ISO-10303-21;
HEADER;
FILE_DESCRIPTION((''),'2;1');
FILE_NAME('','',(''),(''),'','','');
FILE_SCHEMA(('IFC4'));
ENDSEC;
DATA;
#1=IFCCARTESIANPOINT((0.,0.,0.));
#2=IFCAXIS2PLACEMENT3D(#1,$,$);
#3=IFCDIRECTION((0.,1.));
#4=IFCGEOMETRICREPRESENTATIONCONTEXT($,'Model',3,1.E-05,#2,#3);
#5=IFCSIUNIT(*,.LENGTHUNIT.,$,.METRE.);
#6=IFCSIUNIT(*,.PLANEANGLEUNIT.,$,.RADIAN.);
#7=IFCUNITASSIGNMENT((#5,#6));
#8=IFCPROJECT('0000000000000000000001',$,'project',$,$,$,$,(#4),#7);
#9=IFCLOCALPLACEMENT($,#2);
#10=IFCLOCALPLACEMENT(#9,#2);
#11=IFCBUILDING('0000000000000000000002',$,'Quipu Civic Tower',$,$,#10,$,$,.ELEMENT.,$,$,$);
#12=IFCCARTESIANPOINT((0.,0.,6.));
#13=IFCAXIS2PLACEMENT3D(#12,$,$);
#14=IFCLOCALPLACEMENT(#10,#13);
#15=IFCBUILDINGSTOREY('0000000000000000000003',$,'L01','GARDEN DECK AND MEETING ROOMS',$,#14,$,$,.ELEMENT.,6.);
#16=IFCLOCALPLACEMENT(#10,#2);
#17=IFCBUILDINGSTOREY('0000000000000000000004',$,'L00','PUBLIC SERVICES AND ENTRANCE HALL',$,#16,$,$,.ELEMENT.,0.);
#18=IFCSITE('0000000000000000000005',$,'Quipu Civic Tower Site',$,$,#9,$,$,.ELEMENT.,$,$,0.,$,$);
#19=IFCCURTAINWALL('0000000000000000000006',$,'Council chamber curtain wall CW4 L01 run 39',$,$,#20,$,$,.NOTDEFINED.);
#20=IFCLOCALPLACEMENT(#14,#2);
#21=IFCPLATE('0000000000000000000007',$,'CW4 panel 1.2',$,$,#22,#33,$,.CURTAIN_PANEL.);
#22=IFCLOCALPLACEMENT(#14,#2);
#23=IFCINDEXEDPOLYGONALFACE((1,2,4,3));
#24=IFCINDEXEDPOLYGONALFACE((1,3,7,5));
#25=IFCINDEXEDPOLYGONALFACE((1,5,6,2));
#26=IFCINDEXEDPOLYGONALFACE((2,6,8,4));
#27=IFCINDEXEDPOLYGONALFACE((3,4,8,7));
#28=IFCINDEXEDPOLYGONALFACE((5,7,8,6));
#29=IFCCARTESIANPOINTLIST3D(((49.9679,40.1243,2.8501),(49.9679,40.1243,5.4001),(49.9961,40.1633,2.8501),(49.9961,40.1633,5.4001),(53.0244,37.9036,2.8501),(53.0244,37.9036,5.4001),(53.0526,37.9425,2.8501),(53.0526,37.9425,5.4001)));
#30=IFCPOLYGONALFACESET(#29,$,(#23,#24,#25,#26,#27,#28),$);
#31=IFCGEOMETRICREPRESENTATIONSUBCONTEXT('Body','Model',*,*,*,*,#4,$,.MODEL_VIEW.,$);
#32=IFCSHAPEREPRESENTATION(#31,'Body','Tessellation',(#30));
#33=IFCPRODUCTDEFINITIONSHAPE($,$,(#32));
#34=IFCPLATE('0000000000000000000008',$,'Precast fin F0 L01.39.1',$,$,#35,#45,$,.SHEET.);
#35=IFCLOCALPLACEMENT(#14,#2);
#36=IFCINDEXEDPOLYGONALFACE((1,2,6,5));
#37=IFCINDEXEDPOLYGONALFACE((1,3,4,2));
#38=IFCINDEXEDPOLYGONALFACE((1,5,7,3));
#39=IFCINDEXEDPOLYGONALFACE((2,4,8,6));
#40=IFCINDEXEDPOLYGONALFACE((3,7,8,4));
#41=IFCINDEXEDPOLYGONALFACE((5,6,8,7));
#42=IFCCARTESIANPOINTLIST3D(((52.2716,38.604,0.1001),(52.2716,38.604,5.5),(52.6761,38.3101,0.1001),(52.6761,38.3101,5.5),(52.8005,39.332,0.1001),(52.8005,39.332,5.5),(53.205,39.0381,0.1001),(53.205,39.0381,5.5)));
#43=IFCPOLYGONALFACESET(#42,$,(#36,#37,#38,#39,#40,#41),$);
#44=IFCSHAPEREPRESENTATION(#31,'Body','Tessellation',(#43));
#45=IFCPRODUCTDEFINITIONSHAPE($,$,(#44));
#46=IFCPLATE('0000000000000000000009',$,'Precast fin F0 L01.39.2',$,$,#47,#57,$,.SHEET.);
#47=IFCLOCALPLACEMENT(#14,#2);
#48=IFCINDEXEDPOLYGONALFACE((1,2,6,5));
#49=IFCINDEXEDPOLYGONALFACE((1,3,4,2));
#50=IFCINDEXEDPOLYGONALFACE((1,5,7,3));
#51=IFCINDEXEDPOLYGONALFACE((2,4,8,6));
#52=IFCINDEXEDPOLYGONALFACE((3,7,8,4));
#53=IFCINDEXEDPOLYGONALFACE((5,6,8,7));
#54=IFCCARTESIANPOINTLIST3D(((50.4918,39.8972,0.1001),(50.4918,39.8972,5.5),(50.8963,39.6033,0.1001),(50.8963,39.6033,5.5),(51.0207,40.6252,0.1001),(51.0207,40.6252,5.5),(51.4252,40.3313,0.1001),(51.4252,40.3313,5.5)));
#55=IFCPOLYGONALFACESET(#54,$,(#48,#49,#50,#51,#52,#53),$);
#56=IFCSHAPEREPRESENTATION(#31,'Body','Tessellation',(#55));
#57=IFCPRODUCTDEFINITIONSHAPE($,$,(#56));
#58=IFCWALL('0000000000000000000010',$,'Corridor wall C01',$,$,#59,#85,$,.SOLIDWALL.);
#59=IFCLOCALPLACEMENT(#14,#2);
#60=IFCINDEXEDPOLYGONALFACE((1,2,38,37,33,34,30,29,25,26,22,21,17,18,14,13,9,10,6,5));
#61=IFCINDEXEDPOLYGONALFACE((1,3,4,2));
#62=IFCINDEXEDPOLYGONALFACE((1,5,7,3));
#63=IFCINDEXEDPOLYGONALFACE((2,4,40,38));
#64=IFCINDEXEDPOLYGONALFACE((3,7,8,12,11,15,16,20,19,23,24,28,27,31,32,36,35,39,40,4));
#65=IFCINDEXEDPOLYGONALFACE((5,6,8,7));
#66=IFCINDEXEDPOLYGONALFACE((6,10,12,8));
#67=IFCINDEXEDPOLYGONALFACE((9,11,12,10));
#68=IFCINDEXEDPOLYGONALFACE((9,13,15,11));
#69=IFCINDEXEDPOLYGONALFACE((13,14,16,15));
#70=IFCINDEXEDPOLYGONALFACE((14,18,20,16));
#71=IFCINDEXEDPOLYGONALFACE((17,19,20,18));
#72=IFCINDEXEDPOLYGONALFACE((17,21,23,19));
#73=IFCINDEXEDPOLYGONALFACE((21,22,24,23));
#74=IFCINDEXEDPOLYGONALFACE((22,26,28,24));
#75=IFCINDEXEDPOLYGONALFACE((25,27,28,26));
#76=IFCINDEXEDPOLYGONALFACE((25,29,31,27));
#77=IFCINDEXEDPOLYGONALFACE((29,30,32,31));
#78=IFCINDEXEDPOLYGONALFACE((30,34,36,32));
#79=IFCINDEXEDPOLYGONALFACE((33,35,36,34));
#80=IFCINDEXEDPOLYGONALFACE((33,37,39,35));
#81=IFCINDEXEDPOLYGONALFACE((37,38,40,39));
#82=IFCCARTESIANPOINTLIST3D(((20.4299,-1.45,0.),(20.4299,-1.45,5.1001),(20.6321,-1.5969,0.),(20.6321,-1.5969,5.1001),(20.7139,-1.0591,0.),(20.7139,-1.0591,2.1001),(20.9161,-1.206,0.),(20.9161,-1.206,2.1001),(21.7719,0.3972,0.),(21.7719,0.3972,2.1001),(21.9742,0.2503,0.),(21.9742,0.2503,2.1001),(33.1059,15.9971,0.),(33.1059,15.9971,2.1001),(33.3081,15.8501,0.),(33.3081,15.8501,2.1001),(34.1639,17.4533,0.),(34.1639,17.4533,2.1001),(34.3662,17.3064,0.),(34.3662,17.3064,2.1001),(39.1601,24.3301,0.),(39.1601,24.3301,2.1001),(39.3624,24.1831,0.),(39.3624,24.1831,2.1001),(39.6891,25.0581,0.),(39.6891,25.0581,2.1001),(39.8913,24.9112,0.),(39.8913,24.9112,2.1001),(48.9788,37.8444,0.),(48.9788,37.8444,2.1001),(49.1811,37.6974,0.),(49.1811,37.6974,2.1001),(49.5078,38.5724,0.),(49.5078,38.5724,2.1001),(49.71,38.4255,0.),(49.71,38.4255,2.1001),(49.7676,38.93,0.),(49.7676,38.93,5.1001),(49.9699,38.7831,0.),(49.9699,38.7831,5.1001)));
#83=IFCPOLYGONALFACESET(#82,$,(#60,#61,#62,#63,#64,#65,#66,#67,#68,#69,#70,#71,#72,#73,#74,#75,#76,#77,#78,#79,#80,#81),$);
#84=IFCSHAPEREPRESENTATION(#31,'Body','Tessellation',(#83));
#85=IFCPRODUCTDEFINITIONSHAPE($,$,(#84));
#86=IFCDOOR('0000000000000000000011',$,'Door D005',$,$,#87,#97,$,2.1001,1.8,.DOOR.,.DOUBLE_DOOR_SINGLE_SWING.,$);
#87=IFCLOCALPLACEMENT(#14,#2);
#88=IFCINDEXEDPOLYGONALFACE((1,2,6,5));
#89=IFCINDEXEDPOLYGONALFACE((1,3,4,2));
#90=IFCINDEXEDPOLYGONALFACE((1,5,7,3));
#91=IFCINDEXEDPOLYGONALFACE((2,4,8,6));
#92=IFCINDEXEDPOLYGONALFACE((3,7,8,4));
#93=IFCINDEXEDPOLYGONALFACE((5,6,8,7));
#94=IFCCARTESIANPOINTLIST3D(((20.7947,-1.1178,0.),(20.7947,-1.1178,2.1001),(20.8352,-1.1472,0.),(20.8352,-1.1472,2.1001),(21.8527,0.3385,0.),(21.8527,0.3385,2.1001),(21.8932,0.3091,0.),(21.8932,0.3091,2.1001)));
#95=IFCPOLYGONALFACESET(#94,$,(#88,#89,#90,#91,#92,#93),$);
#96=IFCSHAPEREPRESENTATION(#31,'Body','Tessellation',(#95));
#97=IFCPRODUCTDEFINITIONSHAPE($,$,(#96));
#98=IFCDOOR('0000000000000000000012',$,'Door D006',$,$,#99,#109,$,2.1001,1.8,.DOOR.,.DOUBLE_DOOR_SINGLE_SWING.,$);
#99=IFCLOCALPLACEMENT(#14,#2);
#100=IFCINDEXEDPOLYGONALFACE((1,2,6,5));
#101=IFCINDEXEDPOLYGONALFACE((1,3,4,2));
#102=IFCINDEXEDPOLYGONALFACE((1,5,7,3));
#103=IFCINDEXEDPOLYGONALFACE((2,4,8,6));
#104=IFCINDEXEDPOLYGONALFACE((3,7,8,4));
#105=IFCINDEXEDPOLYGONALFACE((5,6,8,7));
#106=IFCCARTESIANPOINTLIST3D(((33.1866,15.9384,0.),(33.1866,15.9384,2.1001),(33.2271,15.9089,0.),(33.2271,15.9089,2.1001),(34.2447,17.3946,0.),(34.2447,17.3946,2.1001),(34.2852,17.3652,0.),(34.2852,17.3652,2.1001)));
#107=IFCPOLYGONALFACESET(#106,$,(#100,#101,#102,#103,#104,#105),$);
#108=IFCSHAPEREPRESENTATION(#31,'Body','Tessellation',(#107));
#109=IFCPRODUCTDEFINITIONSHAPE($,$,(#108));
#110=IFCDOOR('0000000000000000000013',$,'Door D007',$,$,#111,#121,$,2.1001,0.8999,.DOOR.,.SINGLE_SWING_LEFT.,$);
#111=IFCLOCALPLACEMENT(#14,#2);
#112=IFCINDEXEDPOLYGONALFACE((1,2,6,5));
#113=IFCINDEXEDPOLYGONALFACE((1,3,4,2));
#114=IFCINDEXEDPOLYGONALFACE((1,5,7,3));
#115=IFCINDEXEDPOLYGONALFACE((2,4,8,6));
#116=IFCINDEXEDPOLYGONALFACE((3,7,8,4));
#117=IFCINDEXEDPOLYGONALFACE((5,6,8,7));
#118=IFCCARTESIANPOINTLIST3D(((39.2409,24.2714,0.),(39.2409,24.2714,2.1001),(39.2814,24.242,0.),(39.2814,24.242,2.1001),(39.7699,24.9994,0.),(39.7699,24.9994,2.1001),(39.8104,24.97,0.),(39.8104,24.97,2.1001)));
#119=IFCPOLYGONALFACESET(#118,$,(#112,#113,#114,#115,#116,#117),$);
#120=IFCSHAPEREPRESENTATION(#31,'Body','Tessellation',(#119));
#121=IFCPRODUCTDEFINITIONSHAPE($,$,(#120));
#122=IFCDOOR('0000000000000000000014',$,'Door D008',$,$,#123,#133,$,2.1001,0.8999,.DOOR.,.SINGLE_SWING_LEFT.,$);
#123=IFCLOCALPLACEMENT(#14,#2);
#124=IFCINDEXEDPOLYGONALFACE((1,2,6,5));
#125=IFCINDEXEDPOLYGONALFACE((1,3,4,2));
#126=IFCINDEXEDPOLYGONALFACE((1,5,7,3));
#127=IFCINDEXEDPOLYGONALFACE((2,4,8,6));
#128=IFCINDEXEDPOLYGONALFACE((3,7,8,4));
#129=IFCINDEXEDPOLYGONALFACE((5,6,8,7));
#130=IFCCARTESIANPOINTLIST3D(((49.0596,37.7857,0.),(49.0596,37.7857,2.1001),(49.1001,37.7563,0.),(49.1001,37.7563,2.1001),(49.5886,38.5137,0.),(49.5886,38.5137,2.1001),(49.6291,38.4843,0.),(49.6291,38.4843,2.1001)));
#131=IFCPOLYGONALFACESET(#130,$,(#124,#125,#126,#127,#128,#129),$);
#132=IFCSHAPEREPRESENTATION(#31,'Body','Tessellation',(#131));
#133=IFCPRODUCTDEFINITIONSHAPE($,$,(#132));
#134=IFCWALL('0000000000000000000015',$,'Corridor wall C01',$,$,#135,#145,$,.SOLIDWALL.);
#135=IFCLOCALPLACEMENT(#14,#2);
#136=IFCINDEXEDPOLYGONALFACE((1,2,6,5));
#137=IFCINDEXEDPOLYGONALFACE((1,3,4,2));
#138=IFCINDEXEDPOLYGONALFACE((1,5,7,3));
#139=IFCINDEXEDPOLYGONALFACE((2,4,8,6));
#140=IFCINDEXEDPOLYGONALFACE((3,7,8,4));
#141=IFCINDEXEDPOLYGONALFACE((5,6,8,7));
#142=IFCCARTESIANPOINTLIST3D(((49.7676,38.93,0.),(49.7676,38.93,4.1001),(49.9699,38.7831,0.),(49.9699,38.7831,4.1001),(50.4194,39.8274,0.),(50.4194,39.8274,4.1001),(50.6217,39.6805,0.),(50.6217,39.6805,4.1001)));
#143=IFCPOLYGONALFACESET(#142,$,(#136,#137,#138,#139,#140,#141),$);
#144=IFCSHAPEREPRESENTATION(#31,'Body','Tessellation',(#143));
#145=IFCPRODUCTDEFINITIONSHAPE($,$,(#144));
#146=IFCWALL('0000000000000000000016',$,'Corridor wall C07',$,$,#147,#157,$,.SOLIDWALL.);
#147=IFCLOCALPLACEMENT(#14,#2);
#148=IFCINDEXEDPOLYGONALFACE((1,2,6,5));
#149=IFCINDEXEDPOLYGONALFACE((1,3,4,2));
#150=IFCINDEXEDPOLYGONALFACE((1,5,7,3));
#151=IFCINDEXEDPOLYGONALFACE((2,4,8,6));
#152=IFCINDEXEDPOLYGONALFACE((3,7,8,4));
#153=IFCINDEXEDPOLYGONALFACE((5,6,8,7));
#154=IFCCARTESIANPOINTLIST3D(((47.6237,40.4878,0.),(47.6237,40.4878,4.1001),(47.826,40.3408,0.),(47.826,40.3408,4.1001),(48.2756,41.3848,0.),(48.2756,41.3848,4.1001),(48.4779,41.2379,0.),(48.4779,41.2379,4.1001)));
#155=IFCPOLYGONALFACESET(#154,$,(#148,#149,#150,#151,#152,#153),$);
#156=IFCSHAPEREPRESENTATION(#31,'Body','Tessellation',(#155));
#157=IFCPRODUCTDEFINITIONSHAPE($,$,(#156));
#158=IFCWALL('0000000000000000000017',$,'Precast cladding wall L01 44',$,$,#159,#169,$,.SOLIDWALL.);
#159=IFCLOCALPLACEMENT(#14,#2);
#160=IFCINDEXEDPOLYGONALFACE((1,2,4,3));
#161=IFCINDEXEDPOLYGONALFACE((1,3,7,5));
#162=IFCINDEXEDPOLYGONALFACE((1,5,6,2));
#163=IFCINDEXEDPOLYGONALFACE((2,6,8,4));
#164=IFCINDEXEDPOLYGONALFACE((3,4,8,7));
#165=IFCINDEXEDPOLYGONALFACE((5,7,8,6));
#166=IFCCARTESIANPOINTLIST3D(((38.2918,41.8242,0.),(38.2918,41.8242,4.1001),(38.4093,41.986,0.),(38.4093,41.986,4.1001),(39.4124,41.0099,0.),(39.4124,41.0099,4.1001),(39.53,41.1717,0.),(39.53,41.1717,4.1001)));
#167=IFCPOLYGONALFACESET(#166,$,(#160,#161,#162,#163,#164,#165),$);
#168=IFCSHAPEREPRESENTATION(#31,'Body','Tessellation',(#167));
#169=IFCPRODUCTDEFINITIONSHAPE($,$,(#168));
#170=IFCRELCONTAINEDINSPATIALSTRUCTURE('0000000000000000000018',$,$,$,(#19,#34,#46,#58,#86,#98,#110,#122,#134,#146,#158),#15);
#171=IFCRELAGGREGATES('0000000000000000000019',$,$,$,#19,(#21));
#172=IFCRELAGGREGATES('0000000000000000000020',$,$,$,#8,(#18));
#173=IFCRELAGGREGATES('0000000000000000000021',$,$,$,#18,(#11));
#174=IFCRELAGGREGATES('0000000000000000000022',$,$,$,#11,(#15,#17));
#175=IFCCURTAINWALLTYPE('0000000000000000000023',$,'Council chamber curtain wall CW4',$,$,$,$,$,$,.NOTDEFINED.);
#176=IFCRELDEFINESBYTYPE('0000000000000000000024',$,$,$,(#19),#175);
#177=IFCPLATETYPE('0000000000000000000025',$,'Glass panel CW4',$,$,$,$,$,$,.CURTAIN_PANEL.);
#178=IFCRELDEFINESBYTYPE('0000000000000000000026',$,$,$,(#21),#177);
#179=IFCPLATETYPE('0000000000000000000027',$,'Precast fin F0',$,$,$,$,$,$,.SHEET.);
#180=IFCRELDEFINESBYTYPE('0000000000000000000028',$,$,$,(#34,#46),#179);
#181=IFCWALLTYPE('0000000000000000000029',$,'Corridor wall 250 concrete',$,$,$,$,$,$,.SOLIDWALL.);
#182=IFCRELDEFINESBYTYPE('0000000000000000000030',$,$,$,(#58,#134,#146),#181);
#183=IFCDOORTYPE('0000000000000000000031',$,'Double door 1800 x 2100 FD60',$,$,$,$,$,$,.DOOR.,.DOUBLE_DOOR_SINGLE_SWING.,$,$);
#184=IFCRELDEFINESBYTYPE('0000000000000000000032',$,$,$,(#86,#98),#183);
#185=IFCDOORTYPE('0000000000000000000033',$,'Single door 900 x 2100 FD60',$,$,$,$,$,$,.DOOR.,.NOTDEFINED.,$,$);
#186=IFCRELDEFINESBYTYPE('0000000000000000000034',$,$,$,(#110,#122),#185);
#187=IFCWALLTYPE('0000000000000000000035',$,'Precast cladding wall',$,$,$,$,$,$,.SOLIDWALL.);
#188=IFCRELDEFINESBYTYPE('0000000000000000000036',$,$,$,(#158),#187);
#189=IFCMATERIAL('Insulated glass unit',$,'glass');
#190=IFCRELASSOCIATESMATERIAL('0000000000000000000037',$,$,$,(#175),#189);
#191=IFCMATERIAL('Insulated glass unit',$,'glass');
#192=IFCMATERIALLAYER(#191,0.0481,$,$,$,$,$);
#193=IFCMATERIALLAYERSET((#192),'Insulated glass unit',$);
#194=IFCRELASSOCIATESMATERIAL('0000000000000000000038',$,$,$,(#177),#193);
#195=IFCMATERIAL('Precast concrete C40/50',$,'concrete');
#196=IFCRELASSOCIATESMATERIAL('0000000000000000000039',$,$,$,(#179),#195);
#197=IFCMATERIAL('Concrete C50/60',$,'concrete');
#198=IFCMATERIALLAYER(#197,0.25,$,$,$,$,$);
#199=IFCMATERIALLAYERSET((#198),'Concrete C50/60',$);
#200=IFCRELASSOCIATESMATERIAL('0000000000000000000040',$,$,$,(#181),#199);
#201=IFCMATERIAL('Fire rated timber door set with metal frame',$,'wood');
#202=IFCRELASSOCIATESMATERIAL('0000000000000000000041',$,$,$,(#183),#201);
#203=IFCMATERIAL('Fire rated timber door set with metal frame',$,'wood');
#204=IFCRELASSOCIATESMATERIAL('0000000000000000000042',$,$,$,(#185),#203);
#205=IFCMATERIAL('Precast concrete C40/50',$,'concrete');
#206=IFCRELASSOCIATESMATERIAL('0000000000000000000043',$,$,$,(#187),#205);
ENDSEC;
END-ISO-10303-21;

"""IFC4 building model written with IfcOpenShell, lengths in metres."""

from ifc_helpers import new_model, si_unit, direction, frame, frame_2d, origin, origin_2d, place, context, subcontext, project, spatial, rectangle, extrude, material, layer, layer_set, type_object, element, fill, aggregate, save


model = new_model("IFC4")

# Units and contexts
model_context = context("Model", 3, precision=1e-05, world=origin(), true_north=direction((0.0, 1.0)))
body_context = subcontext(model_context, "Body", "Model", "MODEL_VIEW")
ifc_project = project(units=[si_unit("LENGTHUNIT", "METRE"), si_unit("PLANEANGLEUNIT", "RADIAN")], contexts=[model_context])

# Site, building, storey
site_placement = place(None, origin())
site = spatial("IfcSite", under=ifc_project, at=site_placement, Name="Quipu Civic Tower Site", CompositionType="ELEMENT", RefElevation=0.0)
building_placement = place(site_placement, origin())
building = spatial("IfcBuilding", under=site, at=building_placement, Name="Quipu Civic Tower", CompositionType="ELEMENT")
storey_1_placement = place(building_placement, frame((0.0, 0.0, 6.0)))
storey_1 = spatial("IfcBuildingStorey", under=building, at=storey_1_placement, Name="L01", Description="GARDEN DECK AND MEETING ROOMS", CompositionType="ELEMENT", Elevation=6.0)

# Curtain wall
ifc_material_1 = material(Name="Insulated glass unit", Category="glass")
curtain_wall_type_1 = type_object("IfcCurtainWallType", Name="Council chamber curtain wall CW4", PredefinedType="NOTDEFINED", material=ifc_material_1)
curtain_wall_1_placement = place(storey_1_placement, origin())
curtain_wall_1 = element("IfcCurtainWall", 1, at=curtain_wall_1_placement, inside=storey_1, type_object=curtain_wall_type_1, Name="Council chamber curtain wall CW4 L01 run 39", PredefinedType="NOTDEFINED")

# Shared definitions
storey_2_placement = place(building_placement, origin())
storey_2 = spatial("IfcBuildingStorey", under=building, at=storey_2_placement, Name="L00", Description="PUBLIC SERVICES AND ENTRANCE HALL", CompositionType="ELEMENT", Elevation=0.0)

# Plate
ifc_material_2 = material(Name="Insulated glass unit", Category="glass")
ifc_layer_1 = layer(ifc_material_2, 0.0481)
ifc_layer_set_1 = layer_set([ifc_layer_1], Name="Insulated glass unit")
plate_type_1 = type_object("IfcPlateType", Name="Glass panel CW4", PredefinedType="CURTAIN_PANEL", material=ifc_layer_set_1)
plate_1_placement = place(storey_1_placement, frame((51.5103, 39.0334, 2.8501), z_axis=(0.0, 0.0, 1.0), x_axis=(-0.809015, 0.587789, 0.0)))
plate_1 = element("IfcPlate", 2, at=plate_1_placement, type_object=plate_type_1, Name="CW4 panel 1.2", PredefinedType="CURTAIN_PANEL", context=body_context, shape_type="SweptSolid", body=[
    extrude(rectangle(XDim=3.7781, YDim=0.0481, at=origin_2d()), origin(), (0.0, 0.0, 1.0), 2.55),
])
aggregate(curtain_wall_1, [plate_1])

# Plates
ifc_material_3 = material(Name="Precast concrete C40/50", Category="concrete")
plate_type_2 = type_object("IfcPlateType", Name="Precast fin F0", PredefinedType="SHEET", material=ifc_material_3)
for number, where, z_axis, x_axis, name in (
    (3, (52.7383, 38.821, 0.1001), (0.0, 0.0, 1.0), (-0.809021, 0.587779, 0.0), "Precast fin F0 L01.39.1"),
    (4, (50.9585, 40.1143, 0.1001), (0.0, 0.0, 1.0), (-0.809021, 0.587779, 0.0), "Precast fin F0 L01.39.2"),
):
    element("IfcPlate", number, at=place(storey_1_placement, frame(where, z_axis=z_axis, x_axis=x_axis)), inside=storey_1, type_object=plate_type_2, Name=name, PredefinedType="SHEET", context=body_context, shape_type="SweptSolid", body=[
        extrude(rectangle(XDim=0.5, YDim=0.8999, at=origin_2d()), origin(), (0.0, 0.0, 1.0), 5.3999),
    ])

# Wall, openings, doors
ifc_material_4 = material(Name="Concrete C50/60", Category="concrete")
ifc_layer_2 = layer(ifc_material_4, 0.25)
ifc_layer_set_2 = layer_set([ifc_layer_2], Name="Concrete C50/60")
wall_type_1 = type_object("IfcWallType", Name="Corridor wall 250 concrete", PredefinedType="SOLIDWALL", material=ifc_layer_set_2)
wall_1_placement = place(storey_1_placement, frame((49.8687, 38.8564, 0.0), z_axis=(0.0, 0.0, 1.0), x_axis=(-0.587785, -0.809018, 0.0)))
wall_1 = element("IfcWall", 5, at=wall_1_placement, inside=storey_1, type_object=wall_type_1, Name="Corridor wall C01", PredefinedType="SOLIDWALL", context=body_context, shape_type="SweptSolid", body=[
    extrude(rectangle(XDim=49.9124, YDim=0.25, at=frame_2d((24.9561, 0.0))), origin(), (0.0, 0.0, 1.0), 5.1001),
])
opening_1_placement = place(wall_1_placement, frame((17.1465, 0.0, 0.0)))
opening_1 = element("IfcOpeningElement", 6, at=opening_1_placement, cuts=wall_1, PredefinedType="OPENING", context=body_context, shape_type="SweptSolid", body=[
    extrude(rectangle(XDim=0.8999, YDim=2.1001, at=frame_2d((0.45, 1.05))), frame((0.0, 0.135, 0.0), z_axis=(0.0, -1.0, 0.0), x_axis=(1.0, 0.0, 0.0)), (0.0, 0.0, 1.0), 0.27),
])
opening_2_placement = place(wall_1_placement, frame((47.6292, 0.0, 0.0)))
opening_2 = element("IfcOpeningElement", 7, at=opening_2_placement, cuts=wall_1, PredefinedType="OPENING", context=body_context, shape_type="SweptSolid", body=[
    extrude(rectangle(XDim=1.8, YDim=2.1001, at=frame_2d((0.8999, 1.05))), frame((0.0, 0.135, 0.0), z_axis=(0.0, -1.0, 0.0), x_axis=(1.0, 0.0, 0.0)), (0.0, 0.0, 1.0), 0.27),
])
opening_3_placement = place(wall_1_placement, frame((26.5466, 0.0, 0.0)))
opening_3 = element("IfcOpeningElement", 8, at=opening_3_placement, cuts=wall_1, PredefinedType="OPENING", context=body_context, shape_type="SweptSolid", body=[
    extrude(rectangle(XDim=1.8, YDim=2.1001, at=frame_2d((0.8999, 1.05))), frame((0.0, 0.135, 0.0), z_axis=(0.0, -1.0, 0.0), x_axis=(1.0, 0.0, 0.0)), (0.0, 0.0, 1.0), 0.27),
])
opening_4_placement = place(wall_1_placement, frame((0.4419, 0.0, 0.0)))
opening_4 = element("IfcOpeningElement", 9, at=opening_4_placement, cuts=wall_1, PredefinedType="OPENING", context=body_context, shape_type="SweptSolid", body=[
    extrude(rectangle(XDim=0.8999, YDim=2.1001, at=frame_2d((0.45, 1.05))), frame((0.0, 0.135, 0.0), z_axis=(0.0, -1.0, 0.0), x_axis=(1.0, 0.0, 0.0)), (0.0, 0.0, 1.0), 0.27),
])
ifc_material_5 = material(Name="Fire rated timber door set with metal frame", Category="wood")
door_type_1 = type_object("IfcDoorType", Name="Double door 1800 x 2100 FD60", OperationType="DOUBLE_DOOR_SINGLE_SWING", PredefinedType="DOOR", material=ifc_material_5)
door_1_placement = place(opening_2_placement, origin())
door_1 = element("IfcDoor", 10, at=door_1_placement, inside=storey_1, type_object=door_type_1, Name="Door D005", OperationType="DOUBLE_DOOR_SINGLE_SWING", OverallHeight=2.1001, OverallWidth=1.8, PredefinedType="DOOR", context=body_context, shape_type="SweptSolid", body=[
    extrude(rectangle(XDim=1.8, YDim=2.1001, at=frame_2d((0.8999, 1.05))), frame((0.0, 0.0249, 0.0), z_axis=(0.0, -1.0, 0.0), x_axis=(1.0, 0.0, 0.0)), (0.0, 0.0, 1.0), 0.05),
])
fill(opening_2, door_1)
door_2_placement = place(opening_3_placement, origin())
door_2 = element("IfcDoor", 11, at=door_2_placement, inside=storey_1, type_object=door_type_1, Name="Door D006", OperationType="DOUBLE_DOOR_SINGLE_SWING", OverallHeight=2.1001, OverallWidth=1.8, PredefinedType="DOOR", context=body_context, shape_type="SweptSolid", body=[
    extrude(rectangle(XDim=1.8, YDim=2.1001, at=frame_2d((0.8999, 1.05))), frame((0.0, 0.0249, 0.0), z_axis=(0.0, -1.0, 0.0), x_axis=(1.0, 0.0, 0.0)), (0.0, 0.0, 1.0), 0.05),
])
fill(opening_3, door_2)
ifc_material_6 = material(Name="Fire rated timber door set with metal frame", Category="wood")
door_type_2 = type_object("IfcDoorType", Name="Single door 900 x 2100 FD60", OperationType="NOTDEFINED", PredefinedType="DOOR", material=ifc_material_6)
door_3_placement = place(opening_1_placement, origin())
door_3 = element("IfcDoor", 12, at=door_3_placement, inside=storey_1, type_object=door_type_2, Name="Door D007", OperationType="SINGLE_SWING_LEFT", OverallHeight=2.1001, OverallWidth=0.8999, PredefinedType="DOOR", context=body_context, shape_type="SweptSolid", body=[
    extrude(rectangle(XDim=0.8999, YDim=2.1001, at=frame_2d((0.45, 1.05))), frame((0.0, 0.0249, 0.0), z_axis=(0.0, -1.0, 0.0), x_axis=(1.0, 0.0, 0.0)), (0.0, 0.0, 1.0), 0.05),
])
fill(opening_1, door_3)
door_4_placement = place(opening_4_placement, origin())
door_4 = element("IfcDoor", 13, at=door_4_placement, inside=storey_1, type_object=door_type_2, Name="Door D008", OperationType="SINGLE_SWING_LEFT", OverallHeight=2.1001, OverallWidth=0.8999, PredefinedType="DOOR", context=body_context, shape_type="SweptSolid", body=[
    extrude(rectangle(XDim=0.8999, YDim=2.1001, at=frame_2d((0.45, 1.05))), frame((0.0, 0.0249, 0.0), z_axis=(0.0, -1.0, 0.0), x_axis=(1.0, 0.0, 0.0)), (0.0, 0.0, 1.0), 0.05),
])
fill(opening_4, door_4)

# Walls
wall_2_placement = place(storey_1_placement, frame((49.8687, 38.8564, 0.0), z_axis=(0.0, 0.0, 1.0), x_axis=(0.587674, 0.809098, 0.0)))
element("IfcWall", 14, at=wall_2_placement, inside=storey_1, type_object=wall_type_1, Name="Corridor wall C01", PredefinedType="SOLIDWALL", context=body_context, shape_type="SweptSolid", body=[
    extrude(rectangle(XDim=1.1091, YDim=0.25, at=frame_2d((0.5547, 0.0))), origin(), (0.0, 0.0, 1.0), 4.1001),
])
wall_3_placement = place(storey_1_placement, frame((47.7249, 40.4143, 0.0), z_axis=(0.0, 0.0, 1.0), x_axis=(0.587884, 0.808946, 0.0)))
element("IfcWall", 15, at=wall_3_placement, inside=storey_1, type_object=wall_type_1, Name="Corridor wall C07", PredefinedType="SOLIDWALL", context=body_context, shape_type="SweptSolid", body=[
    extrude(rectangle(XDim=1.1089, YDim=0.25, at=frame_2d((0.5544, 0.0))), origin(), (0.0, 0.0, 1.0), 4.1001),
])
ifc_material_7 = material(Name="Precast concrete C40/50", Category="concrete")
wall_type_2 = type_object("IfcWallType", Name="Precast cladding wall", PredefinedType="SOLIDWALL", material=ifc_material_7)
wall_4_placement = place(storey_1_placement, frame((39.4712, 41.0908, 0.0), z_axis=(0.0, 0.0, 1.0), x_axis=(-0.809003, 0.587805, 0.0)))
element("IfcWall", 16, at=wall_4_placement, inside=storey_1, type_object=wall_type_2, Name="Precast cladding wall L01 44", PredefinedType="SOLIDWALL", context=body_context, shape_type="SweptSolid", body=[
    extrude(rectangle(XDim=1.3853, YDim=0.2, at=frame_2d((0.6926, 0.0))), origin(), (0.0, 0.0, 1.0), 4.1001),
])

save(model, "model.ifc")
